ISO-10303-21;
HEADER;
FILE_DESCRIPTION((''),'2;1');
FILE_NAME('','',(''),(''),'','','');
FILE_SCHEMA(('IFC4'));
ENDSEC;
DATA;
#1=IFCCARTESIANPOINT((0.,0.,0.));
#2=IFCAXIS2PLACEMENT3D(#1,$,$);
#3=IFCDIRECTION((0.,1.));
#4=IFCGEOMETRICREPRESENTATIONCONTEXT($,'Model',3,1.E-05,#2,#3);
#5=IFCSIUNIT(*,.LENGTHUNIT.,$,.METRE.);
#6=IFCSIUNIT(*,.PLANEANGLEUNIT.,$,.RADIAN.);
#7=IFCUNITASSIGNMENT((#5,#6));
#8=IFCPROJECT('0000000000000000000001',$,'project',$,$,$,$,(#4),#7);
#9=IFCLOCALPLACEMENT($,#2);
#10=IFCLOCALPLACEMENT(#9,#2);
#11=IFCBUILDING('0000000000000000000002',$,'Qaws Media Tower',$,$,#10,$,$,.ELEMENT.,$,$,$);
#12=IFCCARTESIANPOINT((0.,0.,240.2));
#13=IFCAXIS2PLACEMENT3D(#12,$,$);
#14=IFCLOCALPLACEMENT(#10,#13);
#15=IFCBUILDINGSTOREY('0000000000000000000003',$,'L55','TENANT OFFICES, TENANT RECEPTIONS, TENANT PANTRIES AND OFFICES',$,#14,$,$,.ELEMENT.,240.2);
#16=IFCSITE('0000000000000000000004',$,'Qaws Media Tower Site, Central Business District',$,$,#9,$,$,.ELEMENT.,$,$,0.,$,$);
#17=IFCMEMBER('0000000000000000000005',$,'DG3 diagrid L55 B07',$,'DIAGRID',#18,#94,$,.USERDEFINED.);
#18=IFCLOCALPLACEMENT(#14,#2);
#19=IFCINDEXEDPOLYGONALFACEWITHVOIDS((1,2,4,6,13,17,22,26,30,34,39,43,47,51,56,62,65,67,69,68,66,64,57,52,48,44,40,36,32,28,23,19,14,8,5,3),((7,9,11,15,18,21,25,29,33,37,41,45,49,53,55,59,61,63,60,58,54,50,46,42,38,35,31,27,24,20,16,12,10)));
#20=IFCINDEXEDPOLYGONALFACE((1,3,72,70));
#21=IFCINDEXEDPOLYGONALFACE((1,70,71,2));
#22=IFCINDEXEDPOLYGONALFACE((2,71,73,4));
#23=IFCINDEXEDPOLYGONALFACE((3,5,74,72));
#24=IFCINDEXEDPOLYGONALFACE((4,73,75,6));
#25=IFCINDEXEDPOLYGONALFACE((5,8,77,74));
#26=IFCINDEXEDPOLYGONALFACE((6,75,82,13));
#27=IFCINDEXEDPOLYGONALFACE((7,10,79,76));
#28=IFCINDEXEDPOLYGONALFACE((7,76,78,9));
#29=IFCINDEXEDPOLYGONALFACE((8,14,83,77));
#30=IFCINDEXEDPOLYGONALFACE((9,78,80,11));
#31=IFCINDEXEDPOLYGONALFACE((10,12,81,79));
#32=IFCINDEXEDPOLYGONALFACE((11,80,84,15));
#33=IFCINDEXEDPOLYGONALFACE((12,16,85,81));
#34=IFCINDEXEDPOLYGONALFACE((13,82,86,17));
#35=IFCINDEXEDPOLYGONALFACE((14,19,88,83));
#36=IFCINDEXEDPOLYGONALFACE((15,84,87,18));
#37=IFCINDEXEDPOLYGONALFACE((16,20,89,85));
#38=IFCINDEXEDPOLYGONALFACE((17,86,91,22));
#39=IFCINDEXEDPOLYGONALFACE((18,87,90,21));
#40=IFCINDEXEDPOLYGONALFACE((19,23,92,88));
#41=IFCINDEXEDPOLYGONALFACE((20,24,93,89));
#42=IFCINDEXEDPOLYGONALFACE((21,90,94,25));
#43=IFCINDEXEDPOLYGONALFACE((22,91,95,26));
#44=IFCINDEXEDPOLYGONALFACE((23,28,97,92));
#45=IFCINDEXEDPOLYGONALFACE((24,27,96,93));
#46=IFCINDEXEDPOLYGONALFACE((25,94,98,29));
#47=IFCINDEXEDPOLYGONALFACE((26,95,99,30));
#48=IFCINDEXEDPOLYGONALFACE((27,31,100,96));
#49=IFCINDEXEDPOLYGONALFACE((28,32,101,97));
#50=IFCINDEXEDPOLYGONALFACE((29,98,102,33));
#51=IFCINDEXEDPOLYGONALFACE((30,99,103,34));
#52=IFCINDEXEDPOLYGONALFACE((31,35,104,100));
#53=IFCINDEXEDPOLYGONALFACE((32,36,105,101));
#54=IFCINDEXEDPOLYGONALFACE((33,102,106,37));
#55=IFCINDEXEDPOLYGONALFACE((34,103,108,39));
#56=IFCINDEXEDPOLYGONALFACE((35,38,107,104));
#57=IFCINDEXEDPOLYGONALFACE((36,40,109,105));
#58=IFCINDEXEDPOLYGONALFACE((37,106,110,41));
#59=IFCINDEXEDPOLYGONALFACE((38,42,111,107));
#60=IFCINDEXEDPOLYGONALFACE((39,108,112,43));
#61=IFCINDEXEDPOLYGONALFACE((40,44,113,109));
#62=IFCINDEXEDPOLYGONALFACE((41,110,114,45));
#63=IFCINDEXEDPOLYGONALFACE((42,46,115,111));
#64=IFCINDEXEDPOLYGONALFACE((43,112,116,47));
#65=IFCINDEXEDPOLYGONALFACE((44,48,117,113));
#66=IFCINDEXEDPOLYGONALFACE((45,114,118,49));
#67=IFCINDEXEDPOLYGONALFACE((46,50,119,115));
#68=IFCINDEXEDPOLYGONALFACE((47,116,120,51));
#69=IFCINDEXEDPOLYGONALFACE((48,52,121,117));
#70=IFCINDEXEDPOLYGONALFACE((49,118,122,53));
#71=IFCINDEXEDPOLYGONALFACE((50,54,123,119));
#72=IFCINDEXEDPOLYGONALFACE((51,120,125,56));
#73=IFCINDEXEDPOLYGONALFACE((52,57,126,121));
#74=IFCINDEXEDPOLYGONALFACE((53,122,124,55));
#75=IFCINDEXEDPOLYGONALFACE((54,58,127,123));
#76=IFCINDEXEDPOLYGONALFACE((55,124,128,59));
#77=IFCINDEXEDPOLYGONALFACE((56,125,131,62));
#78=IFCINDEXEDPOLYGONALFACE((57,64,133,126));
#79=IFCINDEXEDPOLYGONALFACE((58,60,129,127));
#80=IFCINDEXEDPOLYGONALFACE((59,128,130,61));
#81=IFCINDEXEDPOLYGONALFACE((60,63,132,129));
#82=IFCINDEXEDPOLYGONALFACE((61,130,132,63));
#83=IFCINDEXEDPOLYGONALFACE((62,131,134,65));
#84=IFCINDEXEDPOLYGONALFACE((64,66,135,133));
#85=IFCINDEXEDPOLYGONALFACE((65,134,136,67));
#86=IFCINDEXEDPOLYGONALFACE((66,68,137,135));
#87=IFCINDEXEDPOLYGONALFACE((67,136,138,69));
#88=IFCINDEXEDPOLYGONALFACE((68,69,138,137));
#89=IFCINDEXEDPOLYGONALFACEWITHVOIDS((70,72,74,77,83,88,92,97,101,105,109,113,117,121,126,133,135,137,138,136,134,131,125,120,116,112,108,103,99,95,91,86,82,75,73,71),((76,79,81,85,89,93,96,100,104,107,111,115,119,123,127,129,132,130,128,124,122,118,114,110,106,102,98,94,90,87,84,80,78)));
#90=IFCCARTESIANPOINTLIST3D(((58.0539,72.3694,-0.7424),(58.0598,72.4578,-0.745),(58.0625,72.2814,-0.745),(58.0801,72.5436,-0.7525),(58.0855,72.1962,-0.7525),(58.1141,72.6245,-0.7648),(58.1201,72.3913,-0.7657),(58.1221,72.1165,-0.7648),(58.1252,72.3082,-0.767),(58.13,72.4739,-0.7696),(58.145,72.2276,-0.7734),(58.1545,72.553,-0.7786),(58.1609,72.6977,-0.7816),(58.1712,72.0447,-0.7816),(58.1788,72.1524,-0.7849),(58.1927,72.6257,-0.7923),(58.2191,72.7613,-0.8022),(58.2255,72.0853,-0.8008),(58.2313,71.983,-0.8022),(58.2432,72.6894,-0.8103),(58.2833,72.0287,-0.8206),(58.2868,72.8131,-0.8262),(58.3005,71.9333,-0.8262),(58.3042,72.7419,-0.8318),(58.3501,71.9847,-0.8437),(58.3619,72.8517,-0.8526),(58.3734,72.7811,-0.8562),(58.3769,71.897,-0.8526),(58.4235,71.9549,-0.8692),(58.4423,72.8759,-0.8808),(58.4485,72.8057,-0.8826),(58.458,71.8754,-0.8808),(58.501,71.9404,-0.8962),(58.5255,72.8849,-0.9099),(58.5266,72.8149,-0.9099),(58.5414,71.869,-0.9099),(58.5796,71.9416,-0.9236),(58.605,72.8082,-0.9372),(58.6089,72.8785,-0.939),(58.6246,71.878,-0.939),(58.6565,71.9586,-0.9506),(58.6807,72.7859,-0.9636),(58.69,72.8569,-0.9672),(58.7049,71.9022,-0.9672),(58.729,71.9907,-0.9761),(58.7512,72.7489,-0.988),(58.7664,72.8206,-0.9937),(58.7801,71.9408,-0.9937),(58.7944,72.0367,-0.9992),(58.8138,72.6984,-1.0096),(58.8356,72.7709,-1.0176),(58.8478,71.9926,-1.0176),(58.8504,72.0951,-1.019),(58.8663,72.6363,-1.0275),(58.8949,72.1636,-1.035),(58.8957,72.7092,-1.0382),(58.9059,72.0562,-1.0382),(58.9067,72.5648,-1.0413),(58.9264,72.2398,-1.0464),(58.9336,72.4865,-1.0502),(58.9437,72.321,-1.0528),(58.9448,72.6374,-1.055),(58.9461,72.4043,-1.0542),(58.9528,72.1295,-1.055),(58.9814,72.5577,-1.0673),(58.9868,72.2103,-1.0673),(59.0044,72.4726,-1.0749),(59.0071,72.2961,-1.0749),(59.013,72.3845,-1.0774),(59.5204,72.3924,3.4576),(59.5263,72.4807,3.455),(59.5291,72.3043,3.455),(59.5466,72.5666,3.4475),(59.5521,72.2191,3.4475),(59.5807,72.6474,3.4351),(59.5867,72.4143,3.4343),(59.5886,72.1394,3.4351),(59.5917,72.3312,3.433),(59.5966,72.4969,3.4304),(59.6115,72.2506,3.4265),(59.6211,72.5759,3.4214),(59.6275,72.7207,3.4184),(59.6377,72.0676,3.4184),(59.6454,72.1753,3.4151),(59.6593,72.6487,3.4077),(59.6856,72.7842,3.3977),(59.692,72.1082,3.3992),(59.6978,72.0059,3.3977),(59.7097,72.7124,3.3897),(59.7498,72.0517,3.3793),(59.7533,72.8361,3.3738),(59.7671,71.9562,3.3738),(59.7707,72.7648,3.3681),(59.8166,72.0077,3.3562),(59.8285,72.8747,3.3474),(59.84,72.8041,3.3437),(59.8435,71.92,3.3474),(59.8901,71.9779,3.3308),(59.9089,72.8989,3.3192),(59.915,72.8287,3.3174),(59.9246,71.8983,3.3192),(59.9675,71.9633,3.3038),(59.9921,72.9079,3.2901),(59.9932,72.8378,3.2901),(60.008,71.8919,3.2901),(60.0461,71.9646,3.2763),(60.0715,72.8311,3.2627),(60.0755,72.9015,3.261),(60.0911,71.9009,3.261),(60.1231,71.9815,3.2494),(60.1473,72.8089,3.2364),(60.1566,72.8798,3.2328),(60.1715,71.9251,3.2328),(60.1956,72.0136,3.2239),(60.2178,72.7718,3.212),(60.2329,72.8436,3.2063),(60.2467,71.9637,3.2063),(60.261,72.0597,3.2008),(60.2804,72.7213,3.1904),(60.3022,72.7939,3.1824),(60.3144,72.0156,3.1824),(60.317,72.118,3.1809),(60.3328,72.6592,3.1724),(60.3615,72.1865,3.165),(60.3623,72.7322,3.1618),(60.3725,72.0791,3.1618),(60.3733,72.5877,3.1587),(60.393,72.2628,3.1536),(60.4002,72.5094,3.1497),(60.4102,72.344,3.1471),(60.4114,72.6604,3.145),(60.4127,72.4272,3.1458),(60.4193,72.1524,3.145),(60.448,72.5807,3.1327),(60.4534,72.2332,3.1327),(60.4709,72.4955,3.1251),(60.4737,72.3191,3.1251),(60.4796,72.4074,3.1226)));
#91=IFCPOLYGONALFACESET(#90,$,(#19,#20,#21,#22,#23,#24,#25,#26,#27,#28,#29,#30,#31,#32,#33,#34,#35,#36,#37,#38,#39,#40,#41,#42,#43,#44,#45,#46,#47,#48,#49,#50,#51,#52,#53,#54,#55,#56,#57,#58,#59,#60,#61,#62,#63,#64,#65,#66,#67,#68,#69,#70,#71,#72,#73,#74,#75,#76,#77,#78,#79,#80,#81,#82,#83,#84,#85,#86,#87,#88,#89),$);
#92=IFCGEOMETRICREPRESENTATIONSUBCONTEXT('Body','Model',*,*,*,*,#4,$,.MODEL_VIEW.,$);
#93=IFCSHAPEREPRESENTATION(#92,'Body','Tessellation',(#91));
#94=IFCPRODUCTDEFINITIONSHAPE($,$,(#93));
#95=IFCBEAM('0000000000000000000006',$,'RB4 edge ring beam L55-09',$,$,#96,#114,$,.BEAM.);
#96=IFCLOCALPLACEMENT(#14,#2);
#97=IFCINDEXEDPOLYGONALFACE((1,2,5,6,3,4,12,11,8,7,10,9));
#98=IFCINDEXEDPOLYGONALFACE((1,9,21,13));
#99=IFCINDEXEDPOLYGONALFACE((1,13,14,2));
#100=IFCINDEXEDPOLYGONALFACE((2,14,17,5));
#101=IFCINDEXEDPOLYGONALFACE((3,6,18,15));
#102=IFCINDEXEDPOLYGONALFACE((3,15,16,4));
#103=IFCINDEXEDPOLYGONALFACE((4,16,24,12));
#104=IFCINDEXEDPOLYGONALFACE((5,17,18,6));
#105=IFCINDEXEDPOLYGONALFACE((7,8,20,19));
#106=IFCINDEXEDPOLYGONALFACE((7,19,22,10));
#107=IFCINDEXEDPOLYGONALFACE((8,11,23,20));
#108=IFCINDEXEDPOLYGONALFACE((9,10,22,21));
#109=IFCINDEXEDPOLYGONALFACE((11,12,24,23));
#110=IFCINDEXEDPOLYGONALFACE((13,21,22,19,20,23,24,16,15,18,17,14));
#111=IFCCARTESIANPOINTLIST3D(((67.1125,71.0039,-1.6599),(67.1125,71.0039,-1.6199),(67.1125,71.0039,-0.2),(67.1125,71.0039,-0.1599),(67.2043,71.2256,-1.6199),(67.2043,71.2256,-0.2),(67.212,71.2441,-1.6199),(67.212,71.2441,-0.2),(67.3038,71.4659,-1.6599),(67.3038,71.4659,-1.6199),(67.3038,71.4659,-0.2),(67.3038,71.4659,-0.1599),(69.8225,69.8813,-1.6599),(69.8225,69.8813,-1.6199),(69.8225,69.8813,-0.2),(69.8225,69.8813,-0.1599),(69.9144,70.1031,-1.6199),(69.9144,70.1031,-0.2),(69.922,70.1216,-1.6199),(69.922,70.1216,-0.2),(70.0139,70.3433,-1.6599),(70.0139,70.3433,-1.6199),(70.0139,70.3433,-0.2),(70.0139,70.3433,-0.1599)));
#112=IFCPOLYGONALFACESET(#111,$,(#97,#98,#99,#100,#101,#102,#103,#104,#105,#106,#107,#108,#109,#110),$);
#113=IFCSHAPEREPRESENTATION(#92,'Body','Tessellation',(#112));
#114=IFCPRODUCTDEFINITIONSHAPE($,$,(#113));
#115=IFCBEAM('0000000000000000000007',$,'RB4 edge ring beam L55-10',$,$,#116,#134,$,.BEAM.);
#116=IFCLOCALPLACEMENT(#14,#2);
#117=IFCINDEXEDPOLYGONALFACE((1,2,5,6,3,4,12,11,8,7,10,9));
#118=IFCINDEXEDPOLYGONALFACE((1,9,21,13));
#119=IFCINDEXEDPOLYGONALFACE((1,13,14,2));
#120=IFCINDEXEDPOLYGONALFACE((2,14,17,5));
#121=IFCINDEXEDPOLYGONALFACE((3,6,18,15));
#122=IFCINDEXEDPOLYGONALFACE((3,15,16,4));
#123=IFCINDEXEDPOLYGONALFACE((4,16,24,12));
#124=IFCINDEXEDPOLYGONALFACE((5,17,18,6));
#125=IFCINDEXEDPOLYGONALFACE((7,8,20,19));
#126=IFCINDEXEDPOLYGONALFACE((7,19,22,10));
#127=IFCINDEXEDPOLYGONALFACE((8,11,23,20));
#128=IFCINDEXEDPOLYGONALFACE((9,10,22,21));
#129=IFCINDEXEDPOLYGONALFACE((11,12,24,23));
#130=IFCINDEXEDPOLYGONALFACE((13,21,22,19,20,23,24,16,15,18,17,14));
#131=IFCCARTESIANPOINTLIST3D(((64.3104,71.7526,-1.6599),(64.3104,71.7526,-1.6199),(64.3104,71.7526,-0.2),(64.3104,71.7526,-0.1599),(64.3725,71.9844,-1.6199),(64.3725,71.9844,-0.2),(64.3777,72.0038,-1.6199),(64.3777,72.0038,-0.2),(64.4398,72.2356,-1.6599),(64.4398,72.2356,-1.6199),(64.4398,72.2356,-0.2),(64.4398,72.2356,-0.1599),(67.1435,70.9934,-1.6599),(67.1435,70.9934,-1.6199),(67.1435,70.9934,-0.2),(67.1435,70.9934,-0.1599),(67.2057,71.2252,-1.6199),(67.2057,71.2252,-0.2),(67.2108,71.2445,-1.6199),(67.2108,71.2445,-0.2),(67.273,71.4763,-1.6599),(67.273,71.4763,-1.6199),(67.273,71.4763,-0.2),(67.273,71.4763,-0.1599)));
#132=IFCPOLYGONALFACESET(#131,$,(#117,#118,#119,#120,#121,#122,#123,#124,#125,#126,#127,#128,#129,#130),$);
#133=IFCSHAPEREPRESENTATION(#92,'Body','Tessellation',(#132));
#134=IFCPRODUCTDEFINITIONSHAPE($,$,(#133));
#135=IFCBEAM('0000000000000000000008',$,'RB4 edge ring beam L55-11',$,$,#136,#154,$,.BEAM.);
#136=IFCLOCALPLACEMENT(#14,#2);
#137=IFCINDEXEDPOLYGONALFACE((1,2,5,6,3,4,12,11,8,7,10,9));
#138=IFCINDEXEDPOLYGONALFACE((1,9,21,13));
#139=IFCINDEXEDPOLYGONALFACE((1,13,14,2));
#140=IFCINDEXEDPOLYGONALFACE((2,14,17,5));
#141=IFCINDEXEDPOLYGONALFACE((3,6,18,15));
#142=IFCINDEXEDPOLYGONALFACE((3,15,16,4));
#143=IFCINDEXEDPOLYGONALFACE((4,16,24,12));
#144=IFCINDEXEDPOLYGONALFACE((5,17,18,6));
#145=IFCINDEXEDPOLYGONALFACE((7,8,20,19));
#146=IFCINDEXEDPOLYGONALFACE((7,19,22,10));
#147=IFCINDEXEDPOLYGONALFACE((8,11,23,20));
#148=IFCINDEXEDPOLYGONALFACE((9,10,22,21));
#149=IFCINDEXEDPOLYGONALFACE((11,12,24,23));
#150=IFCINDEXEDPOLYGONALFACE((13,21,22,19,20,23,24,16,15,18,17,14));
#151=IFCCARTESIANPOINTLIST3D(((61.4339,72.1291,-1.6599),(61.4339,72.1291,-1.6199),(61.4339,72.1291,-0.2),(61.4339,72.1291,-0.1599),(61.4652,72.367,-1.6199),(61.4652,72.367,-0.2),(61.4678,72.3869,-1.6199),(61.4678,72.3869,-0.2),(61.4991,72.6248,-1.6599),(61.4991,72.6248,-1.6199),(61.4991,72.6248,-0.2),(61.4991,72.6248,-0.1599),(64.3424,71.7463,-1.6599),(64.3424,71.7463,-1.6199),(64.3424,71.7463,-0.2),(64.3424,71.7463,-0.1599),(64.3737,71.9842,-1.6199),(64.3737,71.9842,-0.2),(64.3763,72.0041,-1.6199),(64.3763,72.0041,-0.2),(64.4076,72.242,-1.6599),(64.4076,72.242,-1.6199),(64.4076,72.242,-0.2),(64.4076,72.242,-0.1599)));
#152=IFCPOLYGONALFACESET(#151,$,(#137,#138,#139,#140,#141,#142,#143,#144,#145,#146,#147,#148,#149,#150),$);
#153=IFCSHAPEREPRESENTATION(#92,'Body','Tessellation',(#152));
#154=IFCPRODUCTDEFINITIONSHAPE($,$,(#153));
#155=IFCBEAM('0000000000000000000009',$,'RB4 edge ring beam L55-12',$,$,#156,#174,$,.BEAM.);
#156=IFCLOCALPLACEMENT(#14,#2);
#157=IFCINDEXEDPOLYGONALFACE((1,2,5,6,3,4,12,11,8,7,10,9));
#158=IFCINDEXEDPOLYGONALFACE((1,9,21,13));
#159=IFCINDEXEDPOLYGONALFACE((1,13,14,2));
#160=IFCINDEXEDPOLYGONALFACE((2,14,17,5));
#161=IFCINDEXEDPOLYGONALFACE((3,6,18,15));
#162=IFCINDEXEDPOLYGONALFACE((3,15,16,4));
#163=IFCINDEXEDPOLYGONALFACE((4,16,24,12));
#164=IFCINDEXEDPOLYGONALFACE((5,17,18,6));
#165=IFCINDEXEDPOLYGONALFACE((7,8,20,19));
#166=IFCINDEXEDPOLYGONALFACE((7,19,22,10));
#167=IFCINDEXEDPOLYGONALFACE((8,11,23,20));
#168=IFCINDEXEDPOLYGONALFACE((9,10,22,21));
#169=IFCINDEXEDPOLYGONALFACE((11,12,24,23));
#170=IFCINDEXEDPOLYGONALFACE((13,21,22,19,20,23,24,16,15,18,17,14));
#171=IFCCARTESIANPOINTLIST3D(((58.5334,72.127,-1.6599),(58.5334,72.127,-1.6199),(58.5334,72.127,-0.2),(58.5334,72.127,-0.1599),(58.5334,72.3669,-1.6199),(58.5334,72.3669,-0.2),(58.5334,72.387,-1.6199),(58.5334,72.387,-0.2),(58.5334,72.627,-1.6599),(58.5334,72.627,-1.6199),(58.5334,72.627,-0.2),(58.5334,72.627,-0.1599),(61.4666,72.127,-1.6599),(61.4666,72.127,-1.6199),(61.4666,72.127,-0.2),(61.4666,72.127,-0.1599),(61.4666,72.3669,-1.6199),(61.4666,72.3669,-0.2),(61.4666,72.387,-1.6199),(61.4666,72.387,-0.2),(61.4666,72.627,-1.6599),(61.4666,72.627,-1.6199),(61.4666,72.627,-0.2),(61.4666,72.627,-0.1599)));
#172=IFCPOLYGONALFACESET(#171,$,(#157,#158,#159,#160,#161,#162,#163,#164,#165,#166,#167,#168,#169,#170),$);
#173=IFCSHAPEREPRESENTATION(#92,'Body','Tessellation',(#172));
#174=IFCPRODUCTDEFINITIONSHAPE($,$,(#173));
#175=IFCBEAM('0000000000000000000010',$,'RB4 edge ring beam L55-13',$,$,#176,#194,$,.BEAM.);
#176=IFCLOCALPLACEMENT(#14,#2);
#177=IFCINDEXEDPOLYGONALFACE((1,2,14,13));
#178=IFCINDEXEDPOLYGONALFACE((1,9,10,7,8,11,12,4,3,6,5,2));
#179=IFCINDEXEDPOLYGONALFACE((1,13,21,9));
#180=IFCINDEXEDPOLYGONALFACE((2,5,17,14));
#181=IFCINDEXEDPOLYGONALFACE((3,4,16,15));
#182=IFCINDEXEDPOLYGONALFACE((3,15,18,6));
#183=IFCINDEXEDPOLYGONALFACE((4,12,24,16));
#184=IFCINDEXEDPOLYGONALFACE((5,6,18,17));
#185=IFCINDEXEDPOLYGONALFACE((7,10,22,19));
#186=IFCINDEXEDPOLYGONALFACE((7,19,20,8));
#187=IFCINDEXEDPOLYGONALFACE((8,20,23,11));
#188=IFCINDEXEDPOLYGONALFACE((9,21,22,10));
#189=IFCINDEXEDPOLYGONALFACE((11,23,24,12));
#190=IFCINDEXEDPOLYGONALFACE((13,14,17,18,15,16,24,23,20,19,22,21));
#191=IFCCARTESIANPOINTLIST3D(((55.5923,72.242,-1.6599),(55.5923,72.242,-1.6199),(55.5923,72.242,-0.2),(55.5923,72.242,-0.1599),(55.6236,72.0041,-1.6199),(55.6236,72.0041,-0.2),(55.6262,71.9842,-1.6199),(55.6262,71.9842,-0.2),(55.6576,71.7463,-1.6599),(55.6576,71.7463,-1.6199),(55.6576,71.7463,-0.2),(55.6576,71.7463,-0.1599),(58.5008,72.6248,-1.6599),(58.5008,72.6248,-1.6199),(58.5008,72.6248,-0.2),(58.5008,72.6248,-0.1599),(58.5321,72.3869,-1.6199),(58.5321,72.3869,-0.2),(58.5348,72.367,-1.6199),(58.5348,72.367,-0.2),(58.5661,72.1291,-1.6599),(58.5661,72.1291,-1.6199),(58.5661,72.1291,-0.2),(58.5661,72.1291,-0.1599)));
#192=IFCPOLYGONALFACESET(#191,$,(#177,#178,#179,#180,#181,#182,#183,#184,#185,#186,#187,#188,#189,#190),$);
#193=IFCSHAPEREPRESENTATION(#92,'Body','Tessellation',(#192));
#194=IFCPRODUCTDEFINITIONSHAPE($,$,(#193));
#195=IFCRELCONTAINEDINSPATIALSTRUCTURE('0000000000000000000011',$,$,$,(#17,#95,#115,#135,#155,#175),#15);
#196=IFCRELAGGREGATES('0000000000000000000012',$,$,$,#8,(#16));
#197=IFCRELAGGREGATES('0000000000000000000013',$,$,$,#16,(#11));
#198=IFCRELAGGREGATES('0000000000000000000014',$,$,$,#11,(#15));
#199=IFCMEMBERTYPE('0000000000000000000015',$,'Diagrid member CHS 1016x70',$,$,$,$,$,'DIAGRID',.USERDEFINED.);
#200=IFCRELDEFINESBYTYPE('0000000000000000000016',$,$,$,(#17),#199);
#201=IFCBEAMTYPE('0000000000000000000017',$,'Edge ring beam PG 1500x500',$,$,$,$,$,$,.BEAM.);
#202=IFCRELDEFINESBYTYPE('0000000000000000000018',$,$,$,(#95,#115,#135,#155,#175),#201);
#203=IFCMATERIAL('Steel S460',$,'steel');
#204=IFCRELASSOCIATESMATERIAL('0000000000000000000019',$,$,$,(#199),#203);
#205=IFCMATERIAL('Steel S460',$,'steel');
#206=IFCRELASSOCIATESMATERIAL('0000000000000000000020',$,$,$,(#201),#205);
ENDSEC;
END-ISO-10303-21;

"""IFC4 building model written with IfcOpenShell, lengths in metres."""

from ifc_helpers import new_model, si_unit, direction, frame, origin, origin_2d, place, context, subcontext, project, spatial, hollow_circle, i_section, extrude, material, material_profile, profile_set, type_object, element, save


model = new_model("IFC4")

# Units and contexts
model_context = context("Model", 3, precision=1e-05, world=origin(), true_north=direction((0.0, 1.0)))
body_context = subcontext(model_context, "Body", "Model", "MODEL_VIEW")
ifc_project = project(units=[si_unit("LENGTHUNIT", "METRE"), si_unit("PLANEANGLEUNIT", "RADIAN")], contexts=[model_context])

# Site, building, storey
site_placement = place(None, origin())
site = spatial("IfcSite", under=ifc_project, at=site_placement, Name="Qaws Media Tower Site, Central Business District", CompositionType="ELEMENT", RefElevation=0.0)
building_placement = place(site_placement, origin())
building = spatial("IfcBuilding", under=site, at=building_placement, Name="Qaws Media Tower", CompositionType="ELEMENT")
storey_placement = place(building_placement, frame((0.0, 0.0, 240.2)))
storey = spatial("IfcBuildingStorey", under=building, at=storey_placement, Name="L55", Description="TENANT OFFICES, TENANT RECEPTIONS, TENANT PANTRIES AND OFFICES", CompositionType="ELEMENT", Elevation=240.2)

# Member
ifc_material_1 = material(Name="Steel S460", Category="steel")
ifc_material_profile_1 = material_profile(ifc_material_1, hollow_circle(Radius=0.5081, WallThickness=0.0701, at=origin_2d()), Name="CHS 1016x70")
ifc_profile_set_1 = profile_set([ifc_material_profile_1], Name="Steel S460")
member_type_1 = type_object("IfcMemberType", Name="Diagrid member CHS 1016x70", ElementType="DIAGRID", PredefinedType="USERDEFINED", material=ifc_profile_set_1)
for number, where, z_axis, x_axis, name in (
    (1, (58.5334, 72.377, -0.9099), (0.329659, 0.005159, 0.944086), (-0.015646, 0.999878, 0.0), "DG3 diagrid L55 B07"),
):
    element("IfcMember", number, at=place(storey_placement, frame(where, z_axis=z_axis, x_axis=x_axis)), inside=storey, type_object=member_type_1, Name=name, ObjectType="DIAGRID", PredefinedType="USERDEFINED", context=body_context, shape_type="SweptSolid", body=[
        extrude(hollow_circle(Radius=0.5081, WallThickness=0.0701, at=origin_2d()), origin(), (0.0, 0.0, 1.0), 4.4487),
    ])

# Beams
ifc_material_2 = material(Name="Steel S460", Category="steel")
ifc_material_profile_2 = material_profile(ifc_material_2, i_section(OverallWidth=0.5, OverallDepth=1.5, WebThickness=0.02, FlangeThickness=0.04, at=origin_2d()), Name="PG 1500x500")
ifc_profile_set_2 = profile_set([ifc_material_profile_2], Name="Steel S460")
beam_type = type_object("IfcBeamType", Name="Edge ring beam PG 1500x500", PredefinedType="BEAM", material=ifc_profile_set_2)
beam_1_placement = place(storey_placement, frame((69.9182, 70.1123, -0.9099), z_axis=(-0.923873, 0.3827, 0.0), x_axis=(-0.3827, -0.923873, 0.0)))
element("IfcBeam", 2, at=beam_1_placement, inside=storey, type_object=beam_type, Name="RB4 edge ring beam L55-09", PredefinedType="BEAM", context=body_context, shape_type="SweptSolid", body=[
    extrude(i_section(OverallWidth=0.5, OverallDepth=1.5, WebThickness=0.02, FlangeThickness=0.04, at=origin_2d()), origin(), (0.0, 0.0, 1.0), 2.9333),
])
beam_2_placement = place(storey_placement, frame((67.2083, 71.2349, -0.9099), z_axis=(-0.965916, 0.258854, 0.0), x_axis=(-0.258854, -0.965916, 0.0)))
element("IfcBeam", 3, at=beam_2_placement, inside=storey, type_object=beam_type, Name="RB4 edge ring beam L55-10", PredefinedType="BEAM", context=body_context, shape_type="SweptSolid", body=[
    extrude(i_section(OverallWidth=0.5, OverallDepth=1.5, WebThickness=0.02, FlangeThickness=0.04, at=origin_2d()), origin(), (0.0, 0.0, 1.0), 2.9331),
])
beam_3_placement = place(storey_placement, frame((64.375, 71.9941, -0.9099), z_axis=(-0.991449, 0.130495, 0.0), x_axis=(-0.130495, -0.991449, 0.0)))
element("IfcBeam", 4, at=beam_3_placement, inside=storey, type_object=beam_type, Name="RB4 edge ring beam L55-11", PredefinedType="BEAM", context=body_context, shape_type="SweptSolid", body=[
    extrude(i_section(OverallWidth=0.5, OverallDepth=1.5, WebThickness=0.02, FlangeThickness=0.04, at=origin_2d()), origin(), (0.0, 0.0, 1.0), 2.9336),
])
beam_4_placement = place(storey_placement, frame((61.4666, 72.377, -0.9099), z_axis=(-1.0, 0.0, 0.0), x_axis=(0.0, -1.0, 0.0)))
element("IfcBeam", 5, at=beam_4_placement, inside=storey, type_object=beam_type, Name="RB4 edge ring beam L55-12", PredefinedType="BEAM", context=body_context, shape_type="SweptSolid", body=[
    extrude(i_section(OverallWidth=0.5, OverallDepth=1.5, WebThickness=0.02, FlangeThickness=0.04, at=origin_2d()), origin(), (0.0, 0.0, 1.0), 2.9331),
])
beam_5_placement = place(storey_placement, frame((58.5334, 72.377, -0.9099), z_axis=(-0.991449, -0.130495, 0.0), x_axis=(0.130495, -0.991449, 0.0)))
element("IfcBeam", 6, at=beam_5_placement, inside=storey, type_object=beam_type, Name="RB4 edge ring beam L55-13", PredefinedType="BEAM", context=body_context, shape_type="SweptSolid", body=[
    extrude(i_section(OverallWidth=0.5, OverallDepth=1.5, WebThickness=0.02, FlangeThickness=0.04, at=origin_2d()), origin(), (0.0, 0.0, 1.0), 2.9336),
])

save(model, "model.ifc")
